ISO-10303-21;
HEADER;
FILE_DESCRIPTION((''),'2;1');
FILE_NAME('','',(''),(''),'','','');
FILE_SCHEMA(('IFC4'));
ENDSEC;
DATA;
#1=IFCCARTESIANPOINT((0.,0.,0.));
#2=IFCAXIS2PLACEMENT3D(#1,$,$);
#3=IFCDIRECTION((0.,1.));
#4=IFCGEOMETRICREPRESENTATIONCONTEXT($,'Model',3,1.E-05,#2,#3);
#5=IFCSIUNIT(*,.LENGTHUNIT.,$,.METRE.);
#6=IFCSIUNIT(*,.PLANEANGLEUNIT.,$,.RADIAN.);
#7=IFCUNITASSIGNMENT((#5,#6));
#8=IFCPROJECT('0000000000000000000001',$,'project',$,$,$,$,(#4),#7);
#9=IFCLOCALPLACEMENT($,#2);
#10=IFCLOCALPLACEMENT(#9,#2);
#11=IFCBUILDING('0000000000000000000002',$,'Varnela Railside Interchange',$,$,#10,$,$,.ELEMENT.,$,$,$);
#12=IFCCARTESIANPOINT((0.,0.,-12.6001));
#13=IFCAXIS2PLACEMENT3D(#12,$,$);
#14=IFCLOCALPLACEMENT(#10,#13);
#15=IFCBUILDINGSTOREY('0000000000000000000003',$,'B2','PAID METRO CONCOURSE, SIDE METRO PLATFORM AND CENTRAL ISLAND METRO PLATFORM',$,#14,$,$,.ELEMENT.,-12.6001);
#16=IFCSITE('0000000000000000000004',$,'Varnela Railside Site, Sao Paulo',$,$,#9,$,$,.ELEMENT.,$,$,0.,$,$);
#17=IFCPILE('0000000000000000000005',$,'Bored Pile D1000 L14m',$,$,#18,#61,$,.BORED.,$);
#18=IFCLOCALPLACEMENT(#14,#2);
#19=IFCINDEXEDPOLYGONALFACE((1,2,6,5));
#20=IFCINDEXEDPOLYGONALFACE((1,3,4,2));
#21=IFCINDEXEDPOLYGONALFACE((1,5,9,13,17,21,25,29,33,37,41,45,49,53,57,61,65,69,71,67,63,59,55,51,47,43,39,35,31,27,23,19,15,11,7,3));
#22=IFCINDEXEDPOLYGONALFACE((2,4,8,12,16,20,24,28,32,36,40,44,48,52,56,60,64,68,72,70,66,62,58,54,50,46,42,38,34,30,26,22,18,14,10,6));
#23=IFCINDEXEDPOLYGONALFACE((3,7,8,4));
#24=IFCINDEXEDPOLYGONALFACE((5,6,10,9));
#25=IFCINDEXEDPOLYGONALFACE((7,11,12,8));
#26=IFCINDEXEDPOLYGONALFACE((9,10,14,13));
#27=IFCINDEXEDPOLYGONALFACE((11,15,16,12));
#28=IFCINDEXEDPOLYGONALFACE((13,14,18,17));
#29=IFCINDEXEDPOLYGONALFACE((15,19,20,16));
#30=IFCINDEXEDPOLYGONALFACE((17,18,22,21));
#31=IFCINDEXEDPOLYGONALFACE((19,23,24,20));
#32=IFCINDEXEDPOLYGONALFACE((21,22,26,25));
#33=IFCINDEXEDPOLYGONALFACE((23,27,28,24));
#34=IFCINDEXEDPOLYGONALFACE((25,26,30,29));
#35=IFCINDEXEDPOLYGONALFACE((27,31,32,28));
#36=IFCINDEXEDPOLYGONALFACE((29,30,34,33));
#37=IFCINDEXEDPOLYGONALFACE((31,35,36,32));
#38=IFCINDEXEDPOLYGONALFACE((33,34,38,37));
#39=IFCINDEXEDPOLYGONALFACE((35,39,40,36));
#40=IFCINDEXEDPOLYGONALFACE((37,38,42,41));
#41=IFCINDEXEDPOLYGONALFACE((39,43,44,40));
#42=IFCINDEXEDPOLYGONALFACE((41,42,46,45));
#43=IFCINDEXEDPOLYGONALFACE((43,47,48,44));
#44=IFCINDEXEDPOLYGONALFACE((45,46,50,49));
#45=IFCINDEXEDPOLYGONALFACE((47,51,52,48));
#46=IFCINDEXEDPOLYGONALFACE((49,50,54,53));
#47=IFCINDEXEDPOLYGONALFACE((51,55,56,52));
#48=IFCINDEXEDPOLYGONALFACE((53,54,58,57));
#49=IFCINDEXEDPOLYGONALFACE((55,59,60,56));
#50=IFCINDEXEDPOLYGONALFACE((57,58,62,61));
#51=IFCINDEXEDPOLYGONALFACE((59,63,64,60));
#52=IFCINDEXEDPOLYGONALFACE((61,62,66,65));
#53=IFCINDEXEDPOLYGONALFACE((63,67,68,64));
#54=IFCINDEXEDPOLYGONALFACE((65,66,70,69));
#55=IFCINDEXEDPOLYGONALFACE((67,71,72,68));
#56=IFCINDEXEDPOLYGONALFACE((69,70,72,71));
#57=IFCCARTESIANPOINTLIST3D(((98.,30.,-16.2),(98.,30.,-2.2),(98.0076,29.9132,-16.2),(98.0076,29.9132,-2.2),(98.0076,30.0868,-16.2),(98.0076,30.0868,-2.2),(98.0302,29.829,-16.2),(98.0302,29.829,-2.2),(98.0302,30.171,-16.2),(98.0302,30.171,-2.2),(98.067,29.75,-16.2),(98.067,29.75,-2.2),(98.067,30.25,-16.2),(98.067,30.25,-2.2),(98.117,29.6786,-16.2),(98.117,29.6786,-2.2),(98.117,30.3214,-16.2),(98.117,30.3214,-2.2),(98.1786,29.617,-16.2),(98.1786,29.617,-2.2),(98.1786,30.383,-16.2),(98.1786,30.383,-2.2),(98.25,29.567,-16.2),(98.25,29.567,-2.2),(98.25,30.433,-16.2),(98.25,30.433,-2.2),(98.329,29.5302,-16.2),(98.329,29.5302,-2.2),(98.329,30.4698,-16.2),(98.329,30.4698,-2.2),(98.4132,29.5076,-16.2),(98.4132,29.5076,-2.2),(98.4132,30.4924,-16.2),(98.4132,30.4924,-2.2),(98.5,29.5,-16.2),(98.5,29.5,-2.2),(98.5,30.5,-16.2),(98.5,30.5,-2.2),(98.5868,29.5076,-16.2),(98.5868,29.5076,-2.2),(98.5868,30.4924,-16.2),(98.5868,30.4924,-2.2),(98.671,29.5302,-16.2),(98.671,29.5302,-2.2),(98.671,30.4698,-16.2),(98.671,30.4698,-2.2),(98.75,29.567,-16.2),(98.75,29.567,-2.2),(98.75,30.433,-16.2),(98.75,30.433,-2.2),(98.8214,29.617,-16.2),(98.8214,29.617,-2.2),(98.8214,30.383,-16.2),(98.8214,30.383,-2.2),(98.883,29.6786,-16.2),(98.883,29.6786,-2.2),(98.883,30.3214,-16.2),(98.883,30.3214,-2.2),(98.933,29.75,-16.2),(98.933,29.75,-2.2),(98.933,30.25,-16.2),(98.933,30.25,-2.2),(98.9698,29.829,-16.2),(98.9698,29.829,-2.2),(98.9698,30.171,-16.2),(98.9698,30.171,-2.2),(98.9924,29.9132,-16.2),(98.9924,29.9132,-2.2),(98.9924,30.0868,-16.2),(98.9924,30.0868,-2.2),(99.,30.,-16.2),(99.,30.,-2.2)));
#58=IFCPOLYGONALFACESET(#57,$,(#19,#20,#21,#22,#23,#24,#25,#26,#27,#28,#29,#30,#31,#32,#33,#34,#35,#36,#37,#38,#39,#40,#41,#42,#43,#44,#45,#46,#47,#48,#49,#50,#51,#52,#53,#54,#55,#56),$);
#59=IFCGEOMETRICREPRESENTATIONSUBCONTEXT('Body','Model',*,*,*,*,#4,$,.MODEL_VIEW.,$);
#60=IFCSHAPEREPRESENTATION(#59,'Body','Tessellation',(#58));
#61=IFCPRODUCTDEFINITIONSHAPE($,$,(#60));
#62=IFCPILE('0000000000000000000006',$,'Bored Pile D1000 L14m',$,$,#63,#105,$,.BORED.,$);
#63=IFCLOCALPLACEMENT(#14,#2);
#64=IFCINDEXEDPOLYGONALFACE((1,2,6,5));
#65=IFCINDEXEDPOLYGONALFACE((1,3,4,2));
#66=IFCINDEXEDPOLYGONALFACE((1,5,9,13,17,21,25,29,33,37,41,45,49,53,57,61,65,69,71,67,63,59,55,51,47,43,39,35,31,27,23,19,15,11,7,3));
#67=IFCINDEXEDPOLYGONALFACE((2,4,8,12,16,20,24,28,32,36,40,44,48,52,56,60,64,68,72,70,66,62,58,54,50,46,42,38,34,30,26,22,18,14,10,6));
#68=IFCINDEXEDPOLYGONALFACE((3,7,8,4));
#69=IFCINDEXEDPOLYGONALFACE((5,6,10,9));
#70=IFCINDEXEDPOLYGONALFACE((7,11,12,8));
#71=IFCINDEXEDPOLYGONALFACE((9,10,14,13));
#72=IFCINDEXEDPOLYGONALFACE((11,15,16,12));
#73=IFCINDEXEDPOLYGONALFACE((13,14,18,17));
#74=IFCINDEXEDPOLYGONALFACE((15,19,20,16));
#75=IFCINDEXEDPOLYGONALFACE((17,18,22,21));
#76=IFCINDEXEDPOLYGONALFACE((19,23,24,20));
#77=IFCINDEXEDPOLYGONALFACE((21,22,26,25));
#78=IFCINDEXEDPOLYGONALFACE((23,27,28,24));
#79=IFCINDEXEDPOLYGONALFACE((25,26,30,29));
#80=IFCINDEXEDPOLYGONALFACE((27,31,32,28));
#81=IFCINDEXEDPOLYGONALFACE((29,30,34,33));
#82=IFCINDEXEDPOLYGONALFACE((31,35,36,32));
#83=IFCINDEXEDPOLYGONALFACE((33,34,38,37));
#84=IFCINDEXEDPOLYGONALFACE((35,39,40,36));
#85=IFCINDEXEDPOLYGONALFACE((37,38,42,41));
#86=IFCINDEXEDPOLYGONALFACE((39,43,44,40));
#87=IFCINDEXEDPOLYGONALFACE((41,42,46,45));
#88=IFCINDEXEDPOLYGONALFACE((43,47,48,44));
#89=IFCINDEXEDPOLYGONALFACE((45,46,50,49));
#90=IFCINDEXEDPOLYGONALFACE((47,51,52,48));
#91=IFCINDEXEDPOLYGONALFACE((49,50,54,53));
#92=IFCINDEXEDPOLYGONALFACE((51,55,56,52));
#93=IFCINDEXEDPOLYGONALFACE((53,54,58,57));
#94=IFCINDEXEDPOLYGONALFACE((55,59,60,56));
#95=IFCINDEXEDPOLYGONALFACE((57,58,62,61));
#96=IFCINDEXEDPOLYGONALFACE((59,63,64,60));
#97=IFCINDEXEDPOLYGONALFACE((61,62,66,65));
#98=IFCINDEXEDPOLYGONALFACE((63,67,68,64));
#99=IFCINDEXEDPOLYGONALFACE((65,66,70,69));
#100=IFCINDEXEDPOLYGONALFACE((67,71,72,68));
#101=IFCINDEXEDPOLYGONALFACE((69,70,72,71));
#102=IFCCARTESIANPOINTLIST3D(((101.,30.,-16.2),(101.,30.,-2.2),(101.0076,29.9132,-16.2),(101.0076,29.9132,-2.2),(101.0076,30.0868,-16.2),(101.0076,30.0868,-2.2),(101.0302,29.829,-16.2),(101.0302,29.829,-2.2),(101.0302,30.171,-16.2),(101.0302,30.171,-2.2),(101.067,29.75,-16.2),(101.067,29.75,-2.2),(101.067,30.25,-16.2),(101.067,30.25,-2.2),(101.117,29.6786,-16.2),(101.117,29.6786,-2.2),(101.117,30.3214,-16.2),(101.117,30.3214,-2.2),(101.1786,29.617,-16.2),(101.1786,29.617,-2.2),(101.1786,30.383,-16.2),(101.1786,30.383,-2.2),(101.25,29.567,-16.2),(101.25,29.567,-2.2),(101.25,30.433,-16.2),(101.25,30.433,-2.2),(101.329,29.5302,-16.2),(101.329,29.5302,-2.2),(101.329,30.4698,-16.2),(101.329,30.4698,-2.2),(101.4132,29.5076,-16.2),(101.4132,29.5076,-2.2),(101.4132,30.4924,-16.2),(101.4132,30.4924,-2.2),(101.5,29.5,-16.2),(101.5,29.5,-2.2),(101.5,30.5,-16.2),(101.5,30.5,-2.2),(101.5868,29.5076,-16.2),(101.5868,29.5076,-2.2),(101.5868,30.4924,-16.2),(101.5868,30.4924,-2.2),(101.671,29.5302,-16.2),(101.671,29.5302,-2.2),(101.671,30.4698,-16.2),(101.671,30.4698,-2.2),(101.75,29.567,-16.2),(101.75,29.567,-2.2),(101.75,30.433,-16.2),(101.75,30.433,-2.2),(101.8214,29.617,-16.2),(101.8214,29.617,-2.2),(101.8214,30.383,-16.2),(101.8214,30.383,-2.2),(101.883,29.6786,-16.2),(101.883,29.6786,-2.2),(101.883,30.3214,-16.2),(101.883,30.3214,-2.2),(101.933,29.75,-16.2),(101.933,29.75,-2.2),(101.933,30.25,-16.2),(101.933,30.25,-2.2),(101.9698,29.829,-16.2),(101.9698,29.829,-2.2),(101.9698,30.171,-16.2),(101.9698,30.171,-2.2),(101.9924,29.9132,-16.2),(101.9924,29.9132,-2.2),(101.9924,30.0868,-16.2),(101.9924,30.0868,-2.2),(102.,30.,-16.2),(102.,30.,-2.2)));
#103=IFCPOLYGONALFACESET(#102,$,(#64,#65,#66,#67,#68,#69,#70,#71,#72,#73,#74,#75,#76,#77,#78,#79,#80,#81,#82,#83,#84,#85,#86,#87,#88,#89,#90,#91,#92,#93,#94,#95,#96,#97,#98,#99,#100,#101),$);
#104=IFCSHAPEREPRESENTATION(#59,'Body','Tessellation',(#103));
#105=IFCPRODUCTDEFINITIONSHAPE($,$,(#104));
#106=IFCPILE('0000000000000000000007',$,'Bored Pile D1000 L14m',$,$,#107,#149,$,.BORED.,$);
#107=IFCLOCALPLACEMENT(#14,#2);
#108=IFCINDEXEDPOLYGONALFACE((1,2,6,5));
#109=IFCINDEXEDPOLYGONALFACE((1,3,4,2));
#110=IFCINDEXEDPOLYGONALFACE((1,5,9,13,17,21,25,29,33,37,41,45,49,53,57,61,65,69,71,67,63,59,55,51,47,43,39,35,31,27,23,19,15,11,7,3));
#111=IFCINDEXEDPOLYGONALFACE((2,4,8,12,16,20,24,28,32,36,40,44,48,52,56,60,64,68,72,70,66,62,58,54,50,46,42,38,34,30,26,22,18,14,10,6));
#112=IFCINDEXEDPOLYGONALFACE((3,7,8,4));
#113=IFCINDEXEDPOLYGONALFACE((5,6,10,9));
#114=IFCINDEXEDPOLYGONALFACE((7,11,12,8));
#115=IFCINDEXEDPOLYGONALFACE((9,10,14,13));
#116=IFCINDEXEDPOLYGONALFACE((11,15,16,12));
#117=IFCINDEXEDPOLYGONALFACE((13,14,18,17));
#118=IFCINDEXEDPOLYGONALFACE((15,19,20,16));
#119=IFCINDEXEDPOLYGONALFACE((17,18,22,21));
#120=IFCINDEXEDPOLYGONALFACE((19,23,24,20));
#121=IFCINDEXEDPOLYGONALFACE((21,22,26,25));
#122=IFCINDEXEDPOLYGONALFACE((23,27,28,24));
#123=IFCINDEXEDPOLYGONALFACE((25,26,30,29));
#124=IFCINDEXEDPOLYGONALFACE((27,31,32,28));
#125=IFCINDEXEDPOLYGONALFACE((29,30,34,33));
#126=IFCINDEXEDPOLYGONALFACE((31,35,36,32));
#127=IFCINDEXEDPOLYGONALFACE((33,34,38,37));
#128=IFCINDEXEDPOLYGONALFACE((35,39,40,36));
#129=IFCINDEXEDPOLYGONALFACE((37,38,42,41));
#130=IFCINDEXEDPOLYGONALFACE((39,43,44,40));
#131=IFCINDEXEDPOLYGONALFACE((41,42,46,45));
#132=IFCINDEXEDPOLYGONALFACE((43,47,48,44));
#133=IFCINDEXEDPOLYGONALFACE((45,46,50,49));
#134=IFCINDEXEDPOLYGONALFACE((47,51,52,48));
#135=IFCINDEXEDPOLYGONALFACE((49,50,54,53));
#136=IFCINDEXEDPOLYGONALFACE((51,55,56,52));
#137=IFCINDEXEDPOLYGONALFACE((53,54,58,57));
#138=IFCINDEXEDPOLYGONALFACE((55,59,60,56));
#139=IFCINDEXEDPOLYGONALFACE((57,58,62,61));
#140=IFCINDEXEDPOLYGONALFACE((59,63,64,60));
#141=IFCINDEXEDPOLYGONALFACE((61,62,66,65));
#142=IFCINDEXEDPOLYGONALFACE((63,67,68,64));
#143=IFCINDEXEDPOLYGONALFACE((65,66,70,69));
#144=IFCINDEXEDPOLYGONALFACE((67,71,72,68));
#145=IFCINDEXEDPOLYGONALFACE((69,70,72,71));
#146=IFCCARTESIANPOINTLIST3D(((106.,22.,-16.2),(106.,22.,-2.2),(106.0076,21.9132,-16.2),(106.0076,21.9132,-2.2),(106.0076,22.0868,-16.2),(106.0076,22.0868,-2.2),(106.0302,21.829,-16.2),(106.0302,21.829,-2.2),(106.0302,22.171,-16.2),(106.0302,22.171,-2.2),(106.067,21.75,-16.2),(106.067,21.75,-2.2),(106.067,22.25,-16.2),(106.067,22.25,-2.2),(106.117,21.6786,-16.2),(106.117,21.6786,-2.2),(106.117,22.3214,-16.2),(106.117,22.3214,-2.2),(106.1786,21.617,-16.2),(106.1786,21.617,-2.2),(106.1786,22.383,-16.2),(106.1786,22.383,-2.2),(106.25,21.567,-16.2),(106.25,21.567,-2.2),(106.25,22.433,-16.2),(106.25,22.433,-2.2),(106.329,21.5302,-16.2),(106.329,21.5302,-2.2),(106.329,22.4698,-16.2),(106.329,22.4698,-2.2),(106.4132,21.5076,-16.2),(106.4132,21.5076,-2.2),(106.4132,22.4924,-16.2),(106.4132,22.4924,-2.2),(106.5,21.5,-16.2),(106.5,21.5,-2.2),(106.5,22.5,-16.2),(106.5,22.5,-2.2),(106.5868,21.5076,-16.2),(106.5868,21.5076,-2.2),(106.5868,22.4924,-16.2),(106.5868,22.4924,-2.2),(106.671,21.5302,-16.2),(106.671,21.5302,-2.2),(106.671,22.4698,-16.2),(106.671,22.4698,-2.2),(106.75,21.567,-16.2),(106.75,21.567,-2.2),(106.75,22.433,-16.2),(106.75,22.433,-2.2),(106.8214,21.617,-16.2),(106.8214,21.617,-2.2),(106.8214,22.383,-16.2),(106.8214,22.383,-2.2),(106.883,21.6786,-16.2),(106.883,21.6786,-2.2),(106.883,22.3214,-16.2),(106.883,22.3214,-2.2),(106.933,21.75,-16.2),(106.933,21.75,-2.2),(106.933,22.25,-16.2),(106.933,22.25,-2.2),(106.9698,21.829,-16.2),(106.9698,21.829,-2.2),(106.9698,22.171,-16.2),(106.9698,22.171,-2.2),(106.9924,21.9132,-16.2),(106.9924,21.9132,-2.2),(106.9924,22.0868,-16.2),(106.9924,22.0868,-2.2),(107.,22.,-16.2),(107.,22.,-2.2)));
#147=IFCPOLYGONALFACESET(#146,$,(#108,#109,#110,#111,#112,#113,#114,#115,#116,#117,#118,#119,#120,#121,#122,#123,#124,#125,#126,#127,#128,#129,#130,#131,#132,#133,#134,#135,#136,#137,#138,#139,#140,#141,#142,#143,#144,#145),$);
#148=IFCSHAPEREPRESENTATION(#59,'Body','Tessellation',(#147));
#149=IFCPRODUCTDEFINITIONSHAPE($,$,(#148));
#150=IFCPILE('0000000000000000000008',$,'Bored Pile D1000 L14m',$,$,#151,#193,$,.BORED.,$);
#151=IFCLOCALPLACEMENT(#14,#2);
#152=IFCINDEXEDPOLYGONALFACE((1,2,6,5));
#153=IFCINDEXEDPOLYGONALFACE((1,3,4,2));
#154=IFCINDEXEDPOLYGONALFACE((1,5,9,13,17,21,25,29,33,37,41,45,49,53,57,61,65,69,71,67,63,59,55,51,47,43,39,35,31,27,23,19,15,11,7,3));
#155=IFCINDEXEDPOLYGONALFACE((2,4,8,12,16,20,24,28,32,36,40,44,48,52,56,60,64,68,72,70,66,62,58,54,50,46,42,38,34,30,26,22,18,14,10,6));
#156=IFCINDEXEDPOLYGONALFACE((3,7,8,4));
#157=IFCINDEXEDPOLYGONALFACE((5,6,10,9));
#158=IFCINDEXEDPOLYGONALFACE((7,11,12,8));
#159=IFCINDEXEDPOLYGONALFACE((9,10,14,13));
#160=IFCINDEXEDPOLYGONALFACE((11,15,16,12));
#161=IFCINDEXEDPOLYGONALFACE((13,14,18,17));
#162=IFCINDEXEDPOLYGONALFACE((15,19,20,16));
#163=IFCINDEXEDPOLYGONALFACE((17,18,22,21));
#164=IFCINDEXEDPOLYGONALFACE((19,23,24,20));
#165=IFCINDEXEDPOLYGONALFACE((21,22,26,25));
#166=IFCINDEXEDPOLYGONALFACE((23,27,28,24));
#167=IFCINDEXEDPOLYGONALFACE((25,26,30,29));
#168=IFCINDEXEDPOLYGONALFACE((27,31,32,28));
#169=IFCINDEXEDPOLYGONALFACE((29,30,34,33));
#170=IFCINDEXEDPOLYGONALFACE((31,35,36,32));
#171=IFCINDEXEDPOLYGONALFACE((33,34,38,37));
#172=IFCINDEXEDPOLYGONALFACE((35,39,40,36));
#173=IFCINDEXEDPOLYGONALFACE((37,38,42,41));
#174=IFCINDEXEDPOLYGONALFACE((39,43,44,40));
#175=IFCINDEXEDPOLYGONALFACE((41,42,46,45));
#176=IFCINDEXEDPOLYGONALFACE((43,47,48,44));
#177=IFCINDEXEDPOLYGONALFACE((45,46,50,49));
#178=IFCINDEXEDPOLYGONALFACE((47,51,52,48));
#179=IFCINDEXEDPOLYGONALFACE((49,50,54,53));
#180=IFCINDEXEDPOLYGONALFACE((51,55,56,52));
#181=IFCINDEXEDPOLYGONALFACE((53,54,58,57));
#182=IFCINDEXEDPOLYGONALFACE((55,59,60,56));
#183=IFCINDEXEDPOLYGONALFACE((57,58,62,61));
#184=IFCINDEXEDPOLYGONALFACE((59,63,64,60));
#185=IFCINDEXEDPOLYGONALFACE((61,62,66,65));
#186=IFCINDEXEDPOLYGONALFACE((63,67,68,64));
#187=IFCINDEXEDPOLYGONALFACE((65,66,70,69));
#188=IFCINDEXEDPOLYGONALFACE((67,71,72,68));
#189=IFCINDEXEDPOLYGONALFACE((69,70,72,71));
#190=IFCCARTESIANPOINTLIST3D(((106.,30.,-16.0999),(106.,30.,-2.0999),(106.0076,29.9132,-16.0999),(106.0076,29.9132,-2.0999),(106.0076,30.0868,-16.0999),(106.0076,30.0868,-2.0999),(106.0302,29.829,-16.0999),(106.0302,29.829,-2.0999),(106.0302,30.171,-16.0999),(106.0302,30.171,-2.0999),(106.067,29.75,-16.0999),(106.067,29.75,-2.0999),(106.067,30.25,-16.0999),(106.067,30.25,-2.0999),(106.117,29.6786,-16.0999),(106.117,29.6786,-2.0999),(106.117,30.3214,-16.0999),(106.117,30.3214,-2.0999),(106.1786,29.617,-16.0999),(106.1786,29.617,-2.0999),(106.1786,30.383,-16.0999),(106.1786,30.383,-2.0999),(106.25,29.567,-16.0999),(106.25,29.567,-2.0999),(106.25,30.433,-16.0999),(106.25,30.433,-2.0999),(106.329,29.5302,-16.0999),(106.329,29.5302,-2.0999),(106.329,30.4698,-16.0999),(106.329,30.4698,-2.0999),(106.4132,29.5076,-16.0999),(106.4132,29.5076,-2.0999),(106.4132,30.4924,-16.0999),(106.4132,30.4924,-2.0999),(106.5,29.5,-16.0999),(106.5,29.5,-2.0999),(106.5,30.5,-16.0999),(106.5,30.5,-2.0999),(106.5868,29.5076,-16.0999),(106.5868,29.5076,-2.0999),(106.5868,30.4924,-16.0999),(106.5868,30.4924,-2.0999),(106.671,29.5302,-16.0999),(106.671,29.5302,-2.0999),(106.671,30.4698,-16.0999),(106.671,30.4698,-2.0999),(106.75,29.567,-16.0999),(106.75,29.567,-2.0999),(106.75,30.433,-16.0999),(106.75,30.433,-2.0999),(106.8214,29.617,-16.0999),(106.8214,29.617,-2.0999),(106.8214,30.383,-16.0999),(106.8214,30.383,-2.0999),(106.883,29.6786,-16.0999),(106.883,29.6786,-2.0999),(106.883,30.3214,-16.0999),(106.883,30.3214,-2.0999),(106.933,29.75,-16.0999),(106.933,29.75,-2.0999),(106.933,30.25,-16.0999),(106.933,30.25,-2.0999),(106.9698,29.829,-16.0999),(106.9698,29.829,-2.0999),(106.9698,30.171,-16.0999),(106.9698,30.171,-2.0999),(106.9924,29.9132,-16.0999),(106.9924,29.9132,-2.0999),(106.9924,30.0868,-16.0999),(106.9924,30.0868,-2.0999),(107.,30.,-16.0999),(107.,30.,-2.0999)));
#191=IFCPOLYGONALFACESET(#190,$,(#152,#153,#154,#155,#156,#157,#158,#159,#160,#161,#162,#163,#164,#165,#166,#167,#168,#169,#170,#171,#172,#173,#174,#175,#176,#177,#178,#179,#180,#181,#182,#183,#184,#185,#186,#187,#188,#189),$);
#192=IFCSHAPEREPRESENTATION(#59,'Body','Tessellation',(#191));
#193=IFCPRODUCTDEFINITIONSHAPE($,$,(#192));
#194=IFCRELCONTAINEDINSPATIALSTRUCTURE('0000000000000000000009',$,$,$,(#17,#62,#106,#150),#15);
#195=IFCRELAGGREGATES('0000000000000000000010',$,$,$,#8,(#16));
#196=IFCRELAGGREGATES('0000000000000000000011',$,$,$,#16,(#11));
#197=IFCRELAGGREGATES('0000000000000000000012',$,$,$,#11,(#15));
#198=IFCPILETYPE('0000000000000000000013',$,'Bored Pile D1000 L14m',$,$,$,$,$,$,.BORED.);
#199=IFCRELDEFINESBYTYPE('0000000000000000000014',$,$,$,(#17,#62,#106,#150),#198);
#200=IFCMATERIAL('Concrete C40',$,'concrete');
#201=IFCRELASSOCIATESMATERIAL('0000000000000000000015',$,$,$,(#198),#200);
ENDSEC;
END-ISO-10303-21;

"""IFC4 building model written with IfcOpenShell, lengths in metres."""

from ifc_helpers import new_model, si_unit, direction, frame, origin, origin_2d, place, context, subcontext, project, spatial, circle, extrude, material, material_profile, profile_set, type_object, element, save


model = new_model("IFC4")

# Units and contexts
model_context = context("Model", 3, precision=1e-05, world=origin(), true_north=direction((0.0, 1.0)))
body_context = subcontext(model_context, "Body", "Model", "MODEL_VIEW")
ifc_project = project(units=[si_unit("LENGTHUNIT", "METRE"), si_unit("PLANEANGLEUNIT", "RADIAN")], contexts=[model_context])

# Site, building, storey
site_placement = place(None, origin())
site = spatial("IfcSite", under=ifc_project, at=site_placement, Name="Varnela Railside Site, Sao Paulo", CompositionType="ELEMENT", RefElevation=0.0)
building_placement = place(site_placement, origin())
building = spatial("IfcBuilding", under=site, at=building_placement, Name="Varnela Railside Interchange", CompositionType="ELEMENT")
storey_placement = place(building_placement, frame((0.0, 0.0, -12.6001)))
storey = spatial("IfcBuildingStorey", under=building, at=storey_placement, Name="B2", Description="PAID METRO CONCOURSE, SIDE METRO PLATFORM AND CENTRAL ISLAND METRO PLATFORM", CompositionType="ELEMENT", Elevation=-12.6001)

# Piles
ifc_material_1 = material(Name="Concrete C40", Category="concrete")
ifc_material_profile_1 = material_profile(ifc_material_1, circle(Radius=0.5, at=origin_2d()), Name="BORED PILE D1000")
ifc_profile_set_1 = profile_set([ifc_material_profile_1], Name="Concrete C40")
pile_type_1 = type_object("IfcPileType", Name="Bored Pile D1000 L14m", PredefinedType="BORED", material=ifc_profile_set_1)
for number, where, z_axis, x_axis, name in (
    (1, (98.5, 30.0, -2.2), (0.0, 0.0, -1.0), (1.0, 0.0, 0.0), "Bored Pile D1000 L14m"),
    (2, (101.5, 30.0, -2.2), (0.0, 0.0, -1.0), (1.0, 0.0, 0.0), "Bored Pile D1000 L14m"),
    (3, (106.5, 22.0, -2.2), (0.0, 0.0, -1.0), (1.0, 0.0, 0.0), "Bored Pile D1000 L14m"),
    (4, (106.5, 30.0, -2.0999), (0.0, 0.0, -1.0), (1.0, 0.0, 0.0), "Bored Pile D1000 L14m"),
):
    element("IfcPile", number, at=place(storey_placement, frame(where, z_axis=z_axis, x_axis=x_axis)), inside=storey, type_object=pile_type_1, Name=name, PredefinedType="BORED", context=body_context, shape_type="SweptSolid", body=[
        extrude(circle(Radius=0.5, at=origin_2d()), origin(), (0.0, 0.0, 1.0), 14.0),
    ])

save(model, "model.ifc")
